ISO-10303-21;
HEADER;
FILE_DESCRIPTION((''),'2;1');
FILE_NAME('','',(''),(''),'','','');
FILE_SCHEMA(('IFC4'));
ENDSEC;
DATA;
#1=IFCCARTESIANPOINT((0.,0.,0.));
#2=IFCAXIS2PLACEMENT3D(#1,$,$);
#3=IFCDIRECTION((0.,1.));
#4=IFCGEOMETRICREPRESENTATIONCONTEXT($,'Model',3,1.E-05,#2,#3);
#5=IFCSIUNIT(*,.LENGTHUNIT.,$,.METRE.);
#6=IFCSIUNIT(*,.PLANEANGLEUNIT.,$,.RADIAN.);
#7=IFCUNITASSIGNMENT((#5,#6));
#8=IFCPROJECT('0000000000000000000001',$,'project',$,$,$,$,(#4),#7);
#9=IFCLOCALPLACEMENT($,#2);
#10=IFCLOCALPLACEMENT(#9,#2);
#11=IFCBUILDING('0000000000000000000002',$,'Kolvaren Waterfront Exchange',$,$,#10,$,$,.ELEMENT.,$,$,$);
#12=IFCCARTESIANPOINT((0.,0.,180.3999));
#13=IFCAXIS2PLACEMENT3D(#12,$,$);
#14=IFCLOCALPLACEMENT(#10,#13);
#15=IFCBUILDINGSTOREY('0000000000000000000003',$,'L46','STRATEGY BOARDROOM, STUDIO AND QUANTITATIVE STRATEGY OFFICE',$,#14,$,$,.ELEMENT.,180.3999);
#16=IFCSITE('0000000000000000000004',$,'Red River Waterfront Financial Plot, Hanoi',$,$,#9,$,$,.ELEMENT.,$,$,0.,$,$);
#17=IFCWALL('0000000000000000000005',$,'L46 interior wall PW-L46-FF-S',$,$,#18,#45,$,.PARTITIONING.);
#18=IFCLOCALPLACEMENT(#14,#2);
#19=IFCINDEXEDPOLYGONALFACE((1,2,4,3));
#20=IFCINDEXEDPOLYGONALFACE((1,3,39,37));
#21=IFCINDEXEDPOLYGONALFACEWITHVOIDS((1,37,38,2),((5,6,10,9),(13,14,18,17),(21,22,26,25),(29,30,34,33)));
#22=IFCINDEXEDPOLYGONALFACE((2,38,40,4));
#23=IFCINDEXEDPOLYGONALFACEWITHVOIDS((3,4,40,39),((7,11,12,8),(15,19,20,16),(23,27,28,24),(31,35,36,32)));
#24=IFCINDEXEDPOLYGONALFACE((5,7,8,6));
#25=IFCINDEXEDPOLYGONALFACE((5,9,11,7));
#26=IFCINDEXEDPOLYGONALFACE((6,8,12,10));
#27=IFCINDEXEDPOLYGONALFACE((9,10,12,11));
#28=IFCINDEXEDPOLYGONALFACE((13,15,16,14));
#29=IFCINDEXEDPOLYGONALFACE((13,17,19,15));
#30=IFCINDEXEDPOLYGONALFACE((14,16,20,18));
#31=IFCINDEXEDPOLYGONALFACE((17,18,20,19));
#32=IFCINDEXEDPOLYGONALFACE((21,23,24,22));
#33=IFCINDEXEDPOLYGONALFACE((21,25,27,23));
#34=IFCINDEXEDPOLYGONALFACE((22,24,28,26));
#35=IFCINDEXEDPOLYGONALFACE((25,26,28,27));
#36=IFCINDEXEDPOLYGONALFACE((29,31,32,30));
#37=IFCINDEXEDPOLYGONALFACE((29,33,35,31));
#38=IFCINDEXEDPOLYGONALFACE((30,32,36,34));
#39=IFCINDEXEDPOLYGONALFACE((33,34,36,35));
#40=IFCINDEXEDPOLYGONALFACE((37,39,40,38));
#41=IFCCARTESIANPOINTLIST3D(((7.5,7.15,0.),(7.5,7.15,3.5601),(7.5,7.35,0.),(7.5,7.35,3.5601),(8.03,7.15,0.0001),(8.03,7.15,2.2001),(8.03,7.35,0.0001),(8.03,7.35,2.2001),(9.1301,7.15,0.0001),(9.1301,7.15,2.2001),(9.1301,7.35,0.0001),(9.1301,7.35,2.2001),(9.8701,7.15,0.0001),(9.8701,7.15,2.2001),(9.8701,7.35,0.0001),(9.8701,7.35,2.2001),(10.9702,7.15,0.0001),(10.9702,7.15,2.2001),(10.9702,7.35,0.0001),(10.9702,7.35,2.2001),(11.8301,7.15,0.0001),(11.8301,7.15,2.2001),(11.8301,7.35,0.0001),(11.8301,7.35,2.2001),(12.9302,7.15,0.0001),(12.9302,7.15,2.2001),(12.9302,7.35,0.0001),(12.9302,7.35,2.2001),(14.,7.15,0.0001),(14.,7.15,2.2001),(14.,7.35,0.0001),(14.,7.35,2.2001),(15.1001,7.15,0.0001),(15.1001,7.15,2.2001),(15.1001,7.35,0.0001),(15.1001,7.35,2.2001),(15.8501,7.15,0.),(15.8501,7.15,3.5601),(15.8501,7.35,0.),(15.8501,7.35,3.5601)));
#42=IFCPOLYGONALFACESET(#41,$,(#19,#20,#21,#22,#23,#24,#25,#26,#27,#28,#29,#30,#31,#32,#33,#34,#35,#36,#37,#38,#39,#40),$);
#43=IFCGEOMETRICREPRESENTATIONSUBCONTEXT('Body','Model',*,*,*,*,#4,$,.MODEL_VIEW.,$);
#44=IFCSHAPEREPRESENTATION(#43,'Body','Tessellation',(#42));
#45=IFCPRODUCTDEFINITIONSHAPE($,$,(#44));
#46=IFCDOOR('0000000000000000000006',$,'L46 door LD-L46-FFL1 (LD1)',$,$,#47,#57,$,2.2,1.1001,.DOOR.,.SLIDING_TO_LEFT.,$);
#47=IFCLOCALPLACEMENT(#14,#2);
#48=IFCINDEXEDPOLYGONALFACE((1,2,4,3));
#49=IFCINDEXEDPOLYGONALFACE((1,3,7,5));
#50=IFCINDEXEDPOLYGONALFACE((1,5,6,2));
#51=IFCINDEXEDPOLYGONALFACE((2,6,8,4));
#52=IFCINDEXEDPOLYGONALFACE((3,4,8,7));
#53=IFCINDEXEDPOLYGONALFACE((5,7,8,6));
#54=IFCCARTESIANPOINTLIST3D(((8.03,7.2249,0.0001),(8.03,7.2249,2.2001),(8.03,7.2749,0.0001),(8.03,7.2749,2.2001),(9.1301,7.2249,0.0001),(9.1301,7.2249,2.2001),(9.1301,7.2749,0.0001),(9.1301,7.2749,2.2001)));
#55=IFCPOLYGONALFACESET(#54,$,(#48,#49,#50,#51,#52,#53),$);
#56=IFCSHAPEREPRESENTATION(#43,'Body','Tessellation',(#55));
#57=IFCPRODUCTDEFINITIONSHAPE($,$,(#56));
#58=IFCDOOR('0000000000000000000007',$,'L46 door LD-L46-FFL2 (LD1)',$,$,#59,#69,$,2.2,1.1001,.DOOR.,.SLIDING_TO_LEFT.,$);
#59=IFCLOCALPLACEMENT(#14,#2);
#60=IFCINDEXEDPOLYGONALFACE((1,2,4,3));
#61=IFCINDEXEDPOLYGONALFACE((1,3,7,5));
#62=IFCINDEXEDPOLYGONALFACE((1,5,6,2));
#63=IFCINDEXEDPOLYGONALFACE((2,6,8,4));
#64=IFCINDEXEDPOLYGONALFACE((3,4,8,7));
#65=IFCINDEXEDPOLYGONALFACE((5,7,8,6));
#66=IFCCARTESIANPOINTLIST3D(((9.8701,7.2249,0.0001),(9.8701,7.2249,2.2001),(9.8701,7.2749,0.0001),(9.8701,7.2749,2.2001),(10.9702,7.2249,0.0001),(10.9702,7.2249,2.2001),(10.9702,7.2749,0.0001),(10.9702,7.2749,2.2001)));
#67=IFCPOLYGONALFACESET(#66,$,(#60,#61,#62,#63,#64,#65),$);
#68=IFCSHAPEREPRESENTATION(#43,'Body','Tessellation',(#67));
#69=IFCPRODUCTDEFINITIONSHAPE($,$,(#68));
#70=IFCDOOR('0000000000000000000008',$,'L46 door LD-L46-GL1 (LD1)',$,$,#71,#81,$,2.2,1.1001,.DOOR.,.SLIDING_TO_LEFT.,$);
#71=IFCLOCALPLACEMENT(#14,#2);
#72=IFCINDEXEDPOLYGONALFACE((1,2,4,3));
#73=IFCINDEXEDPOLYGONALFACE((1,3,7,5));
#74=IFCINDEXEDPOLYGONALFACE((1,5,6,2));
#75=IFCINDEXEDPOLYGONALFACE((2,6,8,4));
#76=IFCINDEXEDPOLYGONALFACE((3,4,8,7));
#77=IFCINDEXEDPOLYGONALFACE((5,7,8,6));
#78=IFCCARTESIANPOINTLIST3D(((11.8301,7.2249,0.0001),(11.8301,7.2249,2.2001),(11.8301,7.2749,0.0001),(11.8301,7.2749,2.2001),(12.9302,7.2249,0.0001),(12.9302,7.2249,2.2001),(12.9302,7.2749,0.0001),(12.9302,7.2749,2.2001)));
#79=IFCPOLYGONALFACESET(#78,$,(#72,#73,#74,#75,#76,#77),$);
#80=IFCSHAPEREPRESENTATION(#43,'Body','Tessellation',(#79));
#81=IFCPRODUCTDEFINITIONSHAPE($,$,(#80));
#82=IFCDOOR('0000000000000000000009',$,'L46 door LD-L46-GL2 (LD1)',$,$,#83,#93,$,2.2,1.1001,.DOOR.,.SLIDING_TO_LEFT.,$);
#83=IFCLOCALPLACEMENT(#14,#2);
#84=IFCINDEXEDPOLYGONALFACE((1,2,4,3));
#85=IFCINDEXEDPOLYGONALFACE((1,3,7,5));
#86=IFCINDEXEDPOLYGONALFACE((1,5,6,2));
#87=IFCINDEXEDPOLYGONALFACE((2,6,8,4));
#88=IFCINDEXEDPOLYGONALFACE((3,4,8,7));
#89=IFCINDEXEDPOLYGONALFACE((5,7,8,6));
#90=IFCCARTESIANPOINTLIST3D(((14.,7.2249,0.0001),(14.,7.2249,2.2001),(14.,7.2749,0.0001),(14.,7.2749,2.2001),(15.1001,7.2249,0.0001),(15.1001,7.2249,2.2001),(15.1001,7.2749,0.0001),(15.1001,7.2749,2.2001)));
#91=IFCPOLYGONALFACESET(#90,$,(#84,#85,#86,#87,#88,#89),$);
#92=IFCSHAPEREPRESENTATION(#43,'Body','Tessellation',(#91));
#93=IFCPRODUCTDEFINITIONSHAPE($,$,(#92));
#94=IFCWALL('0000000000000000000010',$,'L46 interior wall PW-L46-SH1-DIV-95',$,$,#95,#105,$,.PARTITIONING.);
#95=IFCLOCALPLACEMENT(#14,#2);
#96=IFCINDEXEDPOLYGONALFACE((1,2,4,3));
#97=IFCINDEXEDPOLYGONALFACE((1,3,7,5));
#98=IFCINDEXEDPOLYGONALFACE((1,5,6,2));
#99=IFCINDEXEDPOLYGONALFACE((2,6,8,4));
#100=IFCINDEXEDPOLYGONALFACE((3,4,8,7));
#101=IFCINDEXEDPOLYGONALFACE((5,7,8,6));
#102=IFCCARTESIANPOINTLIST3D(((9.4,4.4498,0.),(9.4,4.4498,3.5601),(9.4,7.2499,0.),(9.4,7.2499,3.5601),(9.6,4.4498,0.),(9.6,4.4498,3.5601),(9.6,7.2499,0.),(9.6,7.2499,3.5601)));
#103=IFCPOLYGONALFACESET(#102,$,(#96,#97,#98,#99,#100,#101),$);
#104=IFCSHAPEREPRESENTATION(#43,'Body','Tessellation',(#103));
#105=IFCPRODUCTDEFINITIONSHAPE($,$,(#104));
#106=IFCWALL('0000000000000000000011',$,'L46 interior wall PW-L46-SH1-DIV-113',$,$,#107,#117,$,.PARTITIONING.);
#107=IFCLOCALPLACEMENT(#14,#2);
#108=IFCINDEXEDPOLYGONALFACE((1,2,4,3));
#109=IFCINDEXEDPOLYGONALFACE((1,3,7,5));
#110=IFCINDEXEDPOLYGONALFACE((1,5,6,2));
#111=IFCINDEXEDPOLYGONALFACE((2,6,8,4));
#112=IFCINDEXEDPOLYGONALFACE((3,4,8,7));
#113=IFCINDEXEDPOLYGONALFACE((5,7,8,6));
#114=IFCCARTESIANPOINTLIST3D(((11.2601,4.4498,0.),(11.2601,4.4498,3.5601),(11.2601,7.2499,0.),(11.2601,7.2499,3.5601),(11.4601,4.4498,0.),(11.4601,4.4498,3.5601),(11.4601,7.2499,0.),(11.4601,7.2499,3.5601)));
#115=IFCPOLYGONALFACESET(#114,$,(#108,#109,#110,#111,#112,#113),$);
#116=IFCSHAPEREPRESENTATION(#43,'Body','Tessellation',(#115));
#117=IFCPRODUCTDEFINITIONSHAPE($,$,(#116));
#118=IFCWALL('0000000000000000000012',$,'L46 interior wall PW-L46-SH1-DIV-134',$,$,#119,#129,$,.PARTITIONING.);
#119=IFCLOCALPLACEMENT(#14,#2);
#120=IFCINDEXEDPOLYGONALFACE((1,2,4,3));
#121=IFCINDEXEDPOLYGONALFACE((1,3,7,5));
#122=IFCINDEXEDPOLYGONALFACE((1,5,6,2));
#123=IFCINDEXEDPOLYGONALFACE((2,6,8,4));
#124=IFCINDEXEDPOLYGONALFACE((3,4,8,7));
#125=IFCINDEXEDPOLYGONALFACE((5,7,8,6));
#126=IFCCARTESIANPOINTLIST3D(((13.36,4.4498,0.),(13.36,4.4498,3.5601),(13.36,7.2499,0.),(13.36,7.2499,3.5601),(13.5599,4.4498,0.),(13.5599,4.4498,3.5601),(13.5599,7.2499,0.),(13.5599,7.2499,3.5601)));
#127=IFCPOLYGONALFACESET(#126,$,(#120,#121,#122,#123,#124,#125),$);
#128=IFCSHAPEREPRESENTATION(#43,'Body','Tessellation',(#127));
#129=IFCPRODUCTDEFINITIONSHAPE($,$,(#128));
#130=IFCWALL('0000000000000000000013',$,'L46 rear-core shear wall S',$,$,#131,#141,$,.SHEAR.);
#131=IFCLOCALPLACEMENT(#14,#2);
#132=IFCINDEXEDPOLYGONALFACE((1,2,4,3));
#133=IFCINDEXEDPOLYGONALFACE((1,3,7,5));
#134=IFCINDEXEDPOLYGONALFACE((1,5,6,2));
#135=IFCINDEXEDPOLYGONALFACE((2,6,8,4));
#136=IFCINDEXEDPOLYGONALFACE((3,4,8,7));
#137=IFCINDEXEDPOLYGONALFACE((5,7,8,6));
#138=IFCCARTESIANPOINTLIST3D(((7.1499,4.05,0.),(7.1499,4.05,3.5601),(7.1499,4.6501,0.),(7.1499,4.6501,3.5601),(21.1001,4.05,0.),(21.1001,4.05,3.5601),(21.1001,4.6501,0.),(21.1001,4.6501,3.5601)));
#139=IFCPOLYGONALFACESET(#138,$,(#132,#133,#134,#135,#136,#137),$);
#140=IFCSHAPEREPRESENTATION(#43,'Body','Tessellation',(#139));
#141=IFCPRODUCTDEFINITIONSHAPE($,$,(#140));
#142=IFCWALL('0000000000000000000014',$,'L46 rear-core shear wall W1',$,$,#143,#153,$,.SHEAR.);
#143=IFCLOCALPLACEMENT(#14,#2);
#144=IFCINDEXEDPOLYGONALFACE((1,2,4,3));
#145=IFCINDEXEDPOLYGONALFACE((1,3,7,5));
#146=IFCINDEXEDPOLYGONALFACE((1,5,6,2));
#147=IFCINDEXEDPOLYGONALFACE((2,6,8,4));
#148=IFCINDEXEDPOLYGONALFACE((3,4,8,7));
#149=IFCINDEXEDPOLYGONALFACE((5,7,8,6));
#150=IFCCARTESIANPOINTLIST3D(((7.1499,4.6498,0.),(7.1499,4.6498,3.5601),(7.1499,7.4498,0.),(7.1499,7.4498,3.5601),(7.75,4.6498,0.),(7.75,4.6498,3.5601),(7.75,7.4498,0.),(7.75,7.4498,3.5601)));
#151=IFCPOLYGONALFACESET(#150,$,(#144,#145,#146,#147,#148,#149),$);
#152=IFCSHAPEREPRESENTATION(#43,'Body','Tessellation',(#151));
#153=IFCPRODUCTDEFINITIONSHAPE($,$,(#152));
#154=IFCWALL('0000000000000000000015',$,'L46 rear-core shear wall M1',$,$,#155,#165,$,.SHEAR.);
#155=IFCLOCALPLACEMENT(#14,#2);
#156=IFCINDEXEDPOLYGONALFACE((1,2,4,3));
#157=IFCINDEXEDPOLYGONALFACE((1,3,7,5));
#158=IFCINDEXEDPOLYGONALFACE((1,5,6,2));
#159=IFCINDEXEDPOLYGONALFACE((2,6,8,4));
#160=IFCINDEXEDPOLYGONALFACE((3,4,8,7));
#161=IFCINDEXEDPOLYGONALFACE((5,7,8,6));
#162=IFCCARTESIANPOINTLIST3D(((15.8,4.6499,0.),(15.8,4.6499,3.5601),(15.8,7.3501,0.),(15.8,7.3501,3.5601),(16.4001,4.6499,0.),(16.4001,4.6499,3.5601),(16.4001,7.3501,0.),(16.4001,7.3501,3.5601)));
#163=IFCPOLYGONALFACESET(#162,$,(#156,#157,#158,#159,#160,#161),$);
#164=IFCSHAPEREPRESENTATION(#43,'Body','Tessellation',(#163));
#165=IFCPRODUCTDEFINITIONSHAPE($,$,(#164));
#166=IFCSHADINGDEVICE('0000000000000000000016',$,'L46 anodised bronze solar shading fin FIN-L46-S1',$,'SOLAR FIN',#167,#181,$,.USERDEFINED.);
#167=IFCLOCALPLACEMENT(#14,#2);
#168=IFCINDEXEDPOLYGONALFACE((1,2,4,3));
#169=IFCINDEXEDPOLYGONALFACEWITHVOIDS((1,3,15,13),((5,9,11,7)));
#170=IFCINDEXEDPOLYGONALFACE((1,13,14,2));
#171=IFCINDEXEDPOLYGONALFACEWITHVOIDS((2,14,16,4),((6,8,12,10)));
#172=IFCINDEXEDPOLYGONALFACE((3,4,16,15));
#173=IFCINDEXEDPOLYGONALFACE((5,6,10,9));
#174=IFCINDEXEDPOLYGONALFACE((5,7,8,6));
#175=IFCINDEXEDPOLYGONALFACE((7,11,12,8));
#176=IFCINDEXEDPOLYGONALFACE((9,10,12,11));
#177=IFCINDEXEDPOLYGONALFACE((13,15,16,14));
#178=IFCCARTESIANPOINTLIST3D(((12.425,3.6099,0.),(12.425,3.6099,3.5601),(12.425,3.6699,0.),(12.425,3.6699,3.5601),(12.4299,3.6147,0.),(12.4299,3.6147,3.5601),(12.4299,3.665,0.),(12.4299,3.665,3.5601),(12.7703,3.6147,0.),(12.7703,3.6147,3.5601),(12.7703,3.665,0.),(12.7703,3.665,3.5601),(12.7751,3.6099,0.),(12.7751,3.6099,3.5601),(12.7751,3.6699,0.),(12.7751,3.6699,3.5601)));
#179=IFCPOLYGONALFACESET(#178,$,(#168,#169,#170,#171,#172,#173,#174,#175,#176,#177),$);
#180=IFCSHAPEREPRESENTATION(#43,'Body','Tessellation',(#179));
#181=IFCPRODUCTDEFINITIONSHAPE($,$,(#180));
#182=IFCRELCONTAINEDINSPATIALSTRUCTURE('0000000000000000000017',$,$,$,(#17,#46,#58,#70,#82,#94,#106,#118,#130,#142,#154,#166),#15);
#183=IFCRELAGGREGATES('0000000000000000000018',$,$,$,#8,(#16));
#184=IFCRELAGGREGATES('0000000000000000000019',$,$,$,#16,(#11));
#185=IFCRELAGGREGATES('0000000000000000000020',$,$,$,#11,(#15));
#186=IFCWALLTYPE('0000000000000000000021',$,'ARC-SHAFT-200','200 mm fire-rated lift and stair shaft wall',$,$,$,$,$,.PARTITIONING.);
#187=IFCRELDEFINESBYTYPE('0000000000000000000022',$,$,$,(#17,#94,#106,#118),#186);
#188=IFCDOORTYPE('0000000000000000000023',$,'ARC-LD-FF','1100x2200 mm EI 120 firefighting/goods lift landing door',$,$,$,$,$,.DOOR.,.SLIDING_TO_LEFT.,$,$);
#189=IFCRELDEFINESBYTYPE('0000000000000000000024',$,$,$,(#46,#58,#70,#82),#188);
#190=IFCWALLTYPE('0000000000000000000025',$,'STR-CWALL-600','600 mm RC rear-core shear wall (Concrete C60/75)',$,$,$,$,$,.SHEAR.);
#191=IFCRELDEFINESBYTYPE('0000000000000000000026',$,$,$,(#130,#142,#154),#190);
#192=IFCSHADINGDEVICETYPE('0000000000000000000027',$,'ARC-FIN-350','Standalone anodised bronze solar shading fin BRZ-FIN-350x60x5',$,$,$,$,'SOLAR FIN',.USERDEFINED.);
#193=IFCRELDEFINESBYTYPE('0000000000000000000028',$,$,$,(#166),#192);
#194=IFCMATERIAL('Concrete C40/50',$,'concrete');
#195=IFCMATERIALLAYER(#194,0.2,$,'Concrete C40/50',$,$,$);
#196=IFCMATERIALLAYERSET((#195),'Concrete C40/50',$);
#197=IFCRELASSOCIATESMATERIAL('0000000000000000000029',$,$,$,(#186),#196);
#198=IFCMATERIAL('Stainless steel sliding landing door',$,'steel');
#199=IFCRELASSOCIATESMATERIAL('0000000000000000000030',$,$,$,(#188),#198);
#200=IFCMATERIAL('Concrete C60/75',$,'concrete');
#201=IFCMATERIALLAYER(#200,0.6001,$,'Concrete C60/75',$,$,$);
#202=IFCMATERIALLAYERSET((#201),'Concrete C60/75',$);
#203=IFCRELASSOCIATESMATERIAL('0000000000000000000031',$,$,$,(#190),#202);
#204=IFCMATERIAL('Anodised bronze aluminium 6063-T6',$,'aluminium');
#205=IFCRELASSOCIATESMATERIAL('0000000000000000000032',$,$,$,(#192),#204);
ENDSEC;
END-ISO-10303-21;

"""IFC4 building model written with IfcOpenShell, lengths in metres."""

from ifc_helpers import new_model, si_unit, direction, frame, frame_2d, origin, origin_2d, place, context, subcontext, project, spatial, rectangle, hollow_rectangle, extrude, material, layer, layer_set, material_profile, profile_set, type_object, element, fill, save


model = new_model("IFC4")

# Units and contexts
model_context = context("Model", 3, precision=1e-05, world=origin(), true_north=direction((0.0, 1.0)))
body_context = subcontext(model_context, "Body", "Model", "MODEL_VIEW")
ifc_project = project(units=[si_unit("LENGTHUNIT", "METRE"), si_unit("PLANEANGLEUNIT", "RADIAN")], contexts=[model_context])

# Site, building, storey
site_placement = place(None, origin())
site = spatial("IfcSite", under=ifc_project, at=site_placement, Name="Red River Waterfront Financial Plot, Hanoi", CompositionType="ELEMENT", RefElevation=0.0)
building_placement = place(site_placement, origin())
building = spatial("IfcBuilding", under=site, at=building_placement, Name="Kolvaren Waterfront Exchange", CompositionType="ELEMENT")
storey_placement = place(building_placement, frame((0.0, 0.0, 180.3999)))
storey = spatial("IfcBuildingStorey", under=building, at=storey_placement, Name="L46", Description="STRATEGY BOARDROOM, STUDIO AND QUANTITATIVE STRATEGY OFFICE", CompositionType="ELEMENT", Elevation=180.3999)

# Shared definitions
ifc_material_1 = material(Name="Concrete C60/75", Category="concrete")

# Shared definitions
ifc_material_2 = material(Name="Anodised bronze aluminium 6063-T6", Category="aluminium")

# Shared definitions
ifc_material_3 = material(Name="Concrete C40/50", Category="concrete")
ifc_layer_1 = layer(ifc_material_3, 0.2, Name="Concrete C40/50")
ifc_layer_set_1 = layer_set([ifc_layer_1], Name="Concrete C40/50")
wall_type_1 = type_object("IfcWallType", Name="ARC-SHAFT-200", Description="200 mm fire-rated lift and stair shaft wall", PredefinedType="PARTITIONING", material=ifc_layer_set_1)

# Wall, openings, doors
wall_1_placement = place(storey_placement, frame((7.5, 7.25, 0.0), z_axis=(0.0, 0.0, 1.0), x_axis=(1.0, 0.0, 0.0)))
wall_1 = element("IfcWall", 1, at=wall_1_placement, inside=storey, type_object=wall_type_1, Name="L46 interior wall PW-L46-FF-S", PredefinedType="PARTITIONING", context=body_context, shape_type="SweptSolid", body=[
    extrude(rectangle(XDim=8.3501, YDim=0.2, at=frame_2d((4.175, 0.0))), origin(), (0.0, 0.0, 1.0), 3.5601),
])
opening_1_placement = place(wall_1_placement, frame((0.53, 0.0, 0.0)))
opening_1 = element("IfcOpeningElement", 2, at=opening_1_placement, cuts=wall_1, PredefinedType="OPENING", context=body_context, shape_type="SweptSolid", body=[
    extrude(rectangle(XDim=1.1001, YDim=2.2, at=frame_2d((0.55, 1.1001))), frame((0.0, 0.1099, 0.0), z_axis=(0.0, -1.0, 0.0), x_axis=(1.0, 0.0, 0.0)), (0.0, 0.0, 1.0), 0.22),
])
opening_2_placement = place(wall_1_placement, frame((2.3701, 0.0, 0.0)))
opening_2 = element("IfcOpeningElement", 3, at=opening_2_placement, cuts=wall_1, PredefinedType="OPENING", context=body_context, shape_type="SweptSolid", body=[
    extrude(rectangle(XDim=1.1001, YDim=2.2, at=frame_2d((0.55, 1.1001))), frame((0.0, 0.1099, 0.0), z_axis=(0.0, -1.0, 0.0), x_axis=(1.0, 0.0, 0.0)), (0.0, 0.0, 1.0), 0.22),
])
opening_3_placement = place(wall_1_placement, frame((4.3301, 0.0, 0.0)))
opening_3 = element("IfcOpeningElement", 4, at=opening_3_placement, cuts=wall_1, PredefinedType="OPENING", context=body_context, shape_type="SweptSolid", body=[
    extrude(rectangle(XDim=1.1001, YDim=2.2, at=frame_2d((0.55, 1.1001))), frame((0.0, 0.1099, 0.0), z_axis=(0.0, -1.0, 0.0), x_axis=(1.0, 0.0, 0.0)), (0.0, 0.0, 1.0), 0.22),
])
opening_4_placement = place(wall_1_placement, frame((6.5, 0.0, 0.0)))
opening_4 = element("IfcOpeningElement", 5, at=opening_4_placement, cuts=wall_1, PredefinedType="OPENING", context=body_context, shape_type="SweptSolid", body=[
    extrude(rectangle(XDim=1.1001, YDim=2.2, at=frame_2d((0.55, 1.1001))), frame((0.0, 0.1099, 0.0), z_axis=(0.0, -1.0, 0.0), x_axis=(1.0, 0.0, 0.0)), (0.0, 0.0, 1.0), 0.22),
])
ifc_material_4 = material(Name="Stainless steel sliding landing door", Category="steel")
door_type_1 = type_object("IfcDoorType", Name="ARC-LD-FF", Description="1100x2200 mm EI 120 firefighting/goods lift landing door", OperationType="SLIDING_TO_LEFT", PredefinedType="DOOR", material=ifc_material_4)
door_1_placement = place(opening_1_placement, origin())
door_1 = element("IfcDoor", 6, at=door_1_placement, inside=storey, type_object=door_type_1, Name="L46 door LD-L46-FFL1 (LD1)", OperationType="SLIDING_TO_LEFT", OverallHeight=2.2, OverallWidth=1.1001, PredefinedType="DOOR", context=body_context, shape_type="SweptSolid", body=[
    extrude(rectangle(XDim=1.1001, YDim=2.2, at=frame_2d((0.55, 1.1001))), frame((0.0, 0.0249, 0.0), z_axis=(0.0, -1.0, 0.0), x_axis=(1.0, 0.0, 0.0)), (0.0, 0.0, 1.0), 0.05),
])
fill(opening_1, door_1)
door_2_placement = place(opening_2_placement, origin())
door_2 = element("IfcDoor", 7, at=door_2_placement, inside=storey, type_object=door_type_1, Name="L46 door LD-L46-FFL2 (LD1)", OperationType="SLIDING_TO_LEFT", OverallHeight=2.2, OverallWidth=1.1001, PredefinedType="DOOR", context=body_context, shape_type="SweptSolid", body=[
    extrude(rectangle(XDim=1.1001, YDim=2.2, at=frame_2d((0.55, 1.1001))), frame((0.0, 0.0249, 0.0), z_axis=(0.0, -1.0, 0.0), x_axis=(1.0, 0.0, 0.0)), (0.0, 0.0, 1.0), 0.05),
])
fill(opening_2, door_2)
door_3_placement = place(opening_3_placement, origin())
door_3 = element("IfcDoor", 8, at=door_3_placement, inside=storey, type_object=door_type_1, Name="L46 door LD-L46-GL1 (LD1)", OperationType="SLIDING_TO_LEFT", OverallHeight=2.2, OverallWidth=1.1001, PredefinedType="DOOR", context=body_context, shape_type="SweptSolid", body=[
    extrude(rectangle(XDim=1.1001, YDim=2.2, at=frame_2d((0.55, 1.1001))), frame((0.0, 0.0249, 0.0), z_axis=(0.0, -1.0, 0.0), x_axis=(1.0, 0.0, 0.0)), (0.0, 0.0, 1.0), 0.05),
])
fill(opening_3, door_3)
door_4_placement = place(opening_4_placement, origin())
door_4 = element("IfcDoor", 9, at=door_4_placement, inside=storey, type_object=door_type_1, Name="L46 door LD-L46-GL2 (LD1)", OperationType="SLIDING_TO_LEFT", OverallHeight=2.2, OverallWidth=1.1001, PredefinedType="DOOR", context=body_context, shape_type="SweptSolid", body=[
    extrude(rectangle(XDim=1.1001, YDim=2.2, at=frame_2d((0.55, 1.1001))), frame((0.0, 0.0249, 0.0), z_axis=(0.0, -1.0, 0.0), x_axis=(1.0, 0.0, 0.0)), (0.0, 0.0, 1.0), 0.05),
])
fill(opening_4, door_4)

# Walls
for number, where, z_axis, x_axis, name in (
    (10, (9.5, 4.45, 0.0), (0.0, 0.0, 1.0), (0.0, 1.0, 0.0), "L46 interior wall PW-L46-SH1-DIV-95"),
    (11, (11.3601, 4.45, 0.0), (0.0, 0.0, 1.0), (0.0, 1.0, 0.0), "L46 interior wall PW-L46-SH1-DIV-113"),
    (12, (13.46, 4.45, 0.0), (0.0, 0.0, 1.0), (0.0, 1.0, 0.0), "L46 interior wall PW-L46-SH1-DIV-134"),
):
    element("IfcWall", number, at=place(storey_placement, frame(where, z_axis=z_axis, x_axis=x_axis)), inside=storey, type_object=wall_type_1, Name=name, PredefinedType="PARTITIONING", context=body_context, shape_type="SweptSolid", body=[
        extrude(rectangle(XDim=2.8, YDim=0.2, at=frame_2d((1.3999, 0.0))), origin(), (0.0, 0.0, 1.0), 3.5601),
    ])
ifc_layer_2 = layer(ifc_material_1, 0.6001, Name="Concrete C60/75")
ifc_layer_set_2 = layer_set([ifc_layer_2], Name="Concrete C60/75")
wall_type_2 = type_object("IfcWallType", Name="STR-CWALL-600", Description="600 mm RC rear-core shear wall (Concrete C60/75)", PredefinedType="SHEAR", material=ifc_layer_set_2)
wall_2_placement = place(storey_placement, frame((7.1499, 4.3501, 0.0), z_axis=(0.0, 0.0, 1.0), x_axis=(1.0, 0.0, 0.0)))
element("IfcWall", 13, at=wall_2_placement, inside=storey, type_object=wall_type_2, Name="L46 rear-core shear wall S", PredefinedType="SHEAR", context=body_context, shape_type="SweptSolid", body=[
    extrude(rectangle(XDim=13.9502, YDim=0.6001, at=frame_2d((6.9751, 0.0))), origin(), (0.0, 0.0, 1.0), 3.5601),
])
wall_3_placement = place(storey_placement, frame((7.45, 4.6499, 0.0), z_axis=(0.0, 0.0, 1.0), x_axis=(0.0, 1.0, 0.0)))
element("IfcWall", 14, at=wall_3_placement, inside=storey, type_object=wall_type_2, Name="L46 rear-core shear wall W1", PredefinedType="SHEAR", context=body_context, shape_type="SweptSolid", body=[
    extrude(rectangle(XDim=2.8, YDim=0.6001, at=frame_2d((1.3999, 0.0))), origin(), (0.0, 0.0, 1.0), 3.5601),
])
wall_4_placement = place(storey_placement, frame((16.1001, 4.6499, 0.0), z_axis=(0.0, 0.0, 1.0), x_axis=(0.0, 1.0, 0.0)))
element("IfcWall", 15, at=wall_4_placement, inside=storey, type_object=wall_type_2, Name="L46 rear-core shear wall M1", PredefinedType="SHEAR", context=body_context, shape_type="SweptSolid", body=[
    extrude(rectangle(XDim=2.7002, YDim=0.6001, at=frame_2d((1.3501, 0.0))), origin(), (0.0, 0.0, 1.0), 3.5601),
])

# Shading device
ifc_material_profile_1 = material_profile(ifc_material_2, hollow_rectangle(XDim=0.0601, YDim=0.3501, WallThickness=0.0049, at=origin_2d()), Name="BRZ-FIN-350x60x5")
ifc_profile_set_1 = profile_set([ifc_material_profile_1], Name="Anodised bronze aluminium 6063-T6")
shading_device_type = type_object("IfcShadingDeviceType", Name="ARC-FIN-350", Description="Standalone anodised bronze solar shading fin BRZ-FIN-350x60x5", ElementType="SOLAR FIN", PredefinedType="USERDEFINED", material=ifc_profile_set_1)
shading_device_placement = place(storey_placement, frame((12.6001, 3.6399, 0.0), z_axis=(0.0, 0.0, 1.0), x_axis=(0.0, -1.0, 0.0)))
element("IfcShadingDevice", 16, at=shading_device_placement, inside=storey, type_object=shading_device_type, Name="L46 anodised bronze solar shading fin FIN-L46-S1", ObjectType="SOLAR FIN", PredefinedType="USERDEFINED", context=body_context, shape_type="SweptSolid", body=[
    extrude(hollow_rectangle(XDim=0.0601, YDim=0.3501, WallThickness=0.0049, at=origin_2d()), origin(), (0.0, 0.0, 1.0), 3.5601),
])

save(model, "model.ifc")
